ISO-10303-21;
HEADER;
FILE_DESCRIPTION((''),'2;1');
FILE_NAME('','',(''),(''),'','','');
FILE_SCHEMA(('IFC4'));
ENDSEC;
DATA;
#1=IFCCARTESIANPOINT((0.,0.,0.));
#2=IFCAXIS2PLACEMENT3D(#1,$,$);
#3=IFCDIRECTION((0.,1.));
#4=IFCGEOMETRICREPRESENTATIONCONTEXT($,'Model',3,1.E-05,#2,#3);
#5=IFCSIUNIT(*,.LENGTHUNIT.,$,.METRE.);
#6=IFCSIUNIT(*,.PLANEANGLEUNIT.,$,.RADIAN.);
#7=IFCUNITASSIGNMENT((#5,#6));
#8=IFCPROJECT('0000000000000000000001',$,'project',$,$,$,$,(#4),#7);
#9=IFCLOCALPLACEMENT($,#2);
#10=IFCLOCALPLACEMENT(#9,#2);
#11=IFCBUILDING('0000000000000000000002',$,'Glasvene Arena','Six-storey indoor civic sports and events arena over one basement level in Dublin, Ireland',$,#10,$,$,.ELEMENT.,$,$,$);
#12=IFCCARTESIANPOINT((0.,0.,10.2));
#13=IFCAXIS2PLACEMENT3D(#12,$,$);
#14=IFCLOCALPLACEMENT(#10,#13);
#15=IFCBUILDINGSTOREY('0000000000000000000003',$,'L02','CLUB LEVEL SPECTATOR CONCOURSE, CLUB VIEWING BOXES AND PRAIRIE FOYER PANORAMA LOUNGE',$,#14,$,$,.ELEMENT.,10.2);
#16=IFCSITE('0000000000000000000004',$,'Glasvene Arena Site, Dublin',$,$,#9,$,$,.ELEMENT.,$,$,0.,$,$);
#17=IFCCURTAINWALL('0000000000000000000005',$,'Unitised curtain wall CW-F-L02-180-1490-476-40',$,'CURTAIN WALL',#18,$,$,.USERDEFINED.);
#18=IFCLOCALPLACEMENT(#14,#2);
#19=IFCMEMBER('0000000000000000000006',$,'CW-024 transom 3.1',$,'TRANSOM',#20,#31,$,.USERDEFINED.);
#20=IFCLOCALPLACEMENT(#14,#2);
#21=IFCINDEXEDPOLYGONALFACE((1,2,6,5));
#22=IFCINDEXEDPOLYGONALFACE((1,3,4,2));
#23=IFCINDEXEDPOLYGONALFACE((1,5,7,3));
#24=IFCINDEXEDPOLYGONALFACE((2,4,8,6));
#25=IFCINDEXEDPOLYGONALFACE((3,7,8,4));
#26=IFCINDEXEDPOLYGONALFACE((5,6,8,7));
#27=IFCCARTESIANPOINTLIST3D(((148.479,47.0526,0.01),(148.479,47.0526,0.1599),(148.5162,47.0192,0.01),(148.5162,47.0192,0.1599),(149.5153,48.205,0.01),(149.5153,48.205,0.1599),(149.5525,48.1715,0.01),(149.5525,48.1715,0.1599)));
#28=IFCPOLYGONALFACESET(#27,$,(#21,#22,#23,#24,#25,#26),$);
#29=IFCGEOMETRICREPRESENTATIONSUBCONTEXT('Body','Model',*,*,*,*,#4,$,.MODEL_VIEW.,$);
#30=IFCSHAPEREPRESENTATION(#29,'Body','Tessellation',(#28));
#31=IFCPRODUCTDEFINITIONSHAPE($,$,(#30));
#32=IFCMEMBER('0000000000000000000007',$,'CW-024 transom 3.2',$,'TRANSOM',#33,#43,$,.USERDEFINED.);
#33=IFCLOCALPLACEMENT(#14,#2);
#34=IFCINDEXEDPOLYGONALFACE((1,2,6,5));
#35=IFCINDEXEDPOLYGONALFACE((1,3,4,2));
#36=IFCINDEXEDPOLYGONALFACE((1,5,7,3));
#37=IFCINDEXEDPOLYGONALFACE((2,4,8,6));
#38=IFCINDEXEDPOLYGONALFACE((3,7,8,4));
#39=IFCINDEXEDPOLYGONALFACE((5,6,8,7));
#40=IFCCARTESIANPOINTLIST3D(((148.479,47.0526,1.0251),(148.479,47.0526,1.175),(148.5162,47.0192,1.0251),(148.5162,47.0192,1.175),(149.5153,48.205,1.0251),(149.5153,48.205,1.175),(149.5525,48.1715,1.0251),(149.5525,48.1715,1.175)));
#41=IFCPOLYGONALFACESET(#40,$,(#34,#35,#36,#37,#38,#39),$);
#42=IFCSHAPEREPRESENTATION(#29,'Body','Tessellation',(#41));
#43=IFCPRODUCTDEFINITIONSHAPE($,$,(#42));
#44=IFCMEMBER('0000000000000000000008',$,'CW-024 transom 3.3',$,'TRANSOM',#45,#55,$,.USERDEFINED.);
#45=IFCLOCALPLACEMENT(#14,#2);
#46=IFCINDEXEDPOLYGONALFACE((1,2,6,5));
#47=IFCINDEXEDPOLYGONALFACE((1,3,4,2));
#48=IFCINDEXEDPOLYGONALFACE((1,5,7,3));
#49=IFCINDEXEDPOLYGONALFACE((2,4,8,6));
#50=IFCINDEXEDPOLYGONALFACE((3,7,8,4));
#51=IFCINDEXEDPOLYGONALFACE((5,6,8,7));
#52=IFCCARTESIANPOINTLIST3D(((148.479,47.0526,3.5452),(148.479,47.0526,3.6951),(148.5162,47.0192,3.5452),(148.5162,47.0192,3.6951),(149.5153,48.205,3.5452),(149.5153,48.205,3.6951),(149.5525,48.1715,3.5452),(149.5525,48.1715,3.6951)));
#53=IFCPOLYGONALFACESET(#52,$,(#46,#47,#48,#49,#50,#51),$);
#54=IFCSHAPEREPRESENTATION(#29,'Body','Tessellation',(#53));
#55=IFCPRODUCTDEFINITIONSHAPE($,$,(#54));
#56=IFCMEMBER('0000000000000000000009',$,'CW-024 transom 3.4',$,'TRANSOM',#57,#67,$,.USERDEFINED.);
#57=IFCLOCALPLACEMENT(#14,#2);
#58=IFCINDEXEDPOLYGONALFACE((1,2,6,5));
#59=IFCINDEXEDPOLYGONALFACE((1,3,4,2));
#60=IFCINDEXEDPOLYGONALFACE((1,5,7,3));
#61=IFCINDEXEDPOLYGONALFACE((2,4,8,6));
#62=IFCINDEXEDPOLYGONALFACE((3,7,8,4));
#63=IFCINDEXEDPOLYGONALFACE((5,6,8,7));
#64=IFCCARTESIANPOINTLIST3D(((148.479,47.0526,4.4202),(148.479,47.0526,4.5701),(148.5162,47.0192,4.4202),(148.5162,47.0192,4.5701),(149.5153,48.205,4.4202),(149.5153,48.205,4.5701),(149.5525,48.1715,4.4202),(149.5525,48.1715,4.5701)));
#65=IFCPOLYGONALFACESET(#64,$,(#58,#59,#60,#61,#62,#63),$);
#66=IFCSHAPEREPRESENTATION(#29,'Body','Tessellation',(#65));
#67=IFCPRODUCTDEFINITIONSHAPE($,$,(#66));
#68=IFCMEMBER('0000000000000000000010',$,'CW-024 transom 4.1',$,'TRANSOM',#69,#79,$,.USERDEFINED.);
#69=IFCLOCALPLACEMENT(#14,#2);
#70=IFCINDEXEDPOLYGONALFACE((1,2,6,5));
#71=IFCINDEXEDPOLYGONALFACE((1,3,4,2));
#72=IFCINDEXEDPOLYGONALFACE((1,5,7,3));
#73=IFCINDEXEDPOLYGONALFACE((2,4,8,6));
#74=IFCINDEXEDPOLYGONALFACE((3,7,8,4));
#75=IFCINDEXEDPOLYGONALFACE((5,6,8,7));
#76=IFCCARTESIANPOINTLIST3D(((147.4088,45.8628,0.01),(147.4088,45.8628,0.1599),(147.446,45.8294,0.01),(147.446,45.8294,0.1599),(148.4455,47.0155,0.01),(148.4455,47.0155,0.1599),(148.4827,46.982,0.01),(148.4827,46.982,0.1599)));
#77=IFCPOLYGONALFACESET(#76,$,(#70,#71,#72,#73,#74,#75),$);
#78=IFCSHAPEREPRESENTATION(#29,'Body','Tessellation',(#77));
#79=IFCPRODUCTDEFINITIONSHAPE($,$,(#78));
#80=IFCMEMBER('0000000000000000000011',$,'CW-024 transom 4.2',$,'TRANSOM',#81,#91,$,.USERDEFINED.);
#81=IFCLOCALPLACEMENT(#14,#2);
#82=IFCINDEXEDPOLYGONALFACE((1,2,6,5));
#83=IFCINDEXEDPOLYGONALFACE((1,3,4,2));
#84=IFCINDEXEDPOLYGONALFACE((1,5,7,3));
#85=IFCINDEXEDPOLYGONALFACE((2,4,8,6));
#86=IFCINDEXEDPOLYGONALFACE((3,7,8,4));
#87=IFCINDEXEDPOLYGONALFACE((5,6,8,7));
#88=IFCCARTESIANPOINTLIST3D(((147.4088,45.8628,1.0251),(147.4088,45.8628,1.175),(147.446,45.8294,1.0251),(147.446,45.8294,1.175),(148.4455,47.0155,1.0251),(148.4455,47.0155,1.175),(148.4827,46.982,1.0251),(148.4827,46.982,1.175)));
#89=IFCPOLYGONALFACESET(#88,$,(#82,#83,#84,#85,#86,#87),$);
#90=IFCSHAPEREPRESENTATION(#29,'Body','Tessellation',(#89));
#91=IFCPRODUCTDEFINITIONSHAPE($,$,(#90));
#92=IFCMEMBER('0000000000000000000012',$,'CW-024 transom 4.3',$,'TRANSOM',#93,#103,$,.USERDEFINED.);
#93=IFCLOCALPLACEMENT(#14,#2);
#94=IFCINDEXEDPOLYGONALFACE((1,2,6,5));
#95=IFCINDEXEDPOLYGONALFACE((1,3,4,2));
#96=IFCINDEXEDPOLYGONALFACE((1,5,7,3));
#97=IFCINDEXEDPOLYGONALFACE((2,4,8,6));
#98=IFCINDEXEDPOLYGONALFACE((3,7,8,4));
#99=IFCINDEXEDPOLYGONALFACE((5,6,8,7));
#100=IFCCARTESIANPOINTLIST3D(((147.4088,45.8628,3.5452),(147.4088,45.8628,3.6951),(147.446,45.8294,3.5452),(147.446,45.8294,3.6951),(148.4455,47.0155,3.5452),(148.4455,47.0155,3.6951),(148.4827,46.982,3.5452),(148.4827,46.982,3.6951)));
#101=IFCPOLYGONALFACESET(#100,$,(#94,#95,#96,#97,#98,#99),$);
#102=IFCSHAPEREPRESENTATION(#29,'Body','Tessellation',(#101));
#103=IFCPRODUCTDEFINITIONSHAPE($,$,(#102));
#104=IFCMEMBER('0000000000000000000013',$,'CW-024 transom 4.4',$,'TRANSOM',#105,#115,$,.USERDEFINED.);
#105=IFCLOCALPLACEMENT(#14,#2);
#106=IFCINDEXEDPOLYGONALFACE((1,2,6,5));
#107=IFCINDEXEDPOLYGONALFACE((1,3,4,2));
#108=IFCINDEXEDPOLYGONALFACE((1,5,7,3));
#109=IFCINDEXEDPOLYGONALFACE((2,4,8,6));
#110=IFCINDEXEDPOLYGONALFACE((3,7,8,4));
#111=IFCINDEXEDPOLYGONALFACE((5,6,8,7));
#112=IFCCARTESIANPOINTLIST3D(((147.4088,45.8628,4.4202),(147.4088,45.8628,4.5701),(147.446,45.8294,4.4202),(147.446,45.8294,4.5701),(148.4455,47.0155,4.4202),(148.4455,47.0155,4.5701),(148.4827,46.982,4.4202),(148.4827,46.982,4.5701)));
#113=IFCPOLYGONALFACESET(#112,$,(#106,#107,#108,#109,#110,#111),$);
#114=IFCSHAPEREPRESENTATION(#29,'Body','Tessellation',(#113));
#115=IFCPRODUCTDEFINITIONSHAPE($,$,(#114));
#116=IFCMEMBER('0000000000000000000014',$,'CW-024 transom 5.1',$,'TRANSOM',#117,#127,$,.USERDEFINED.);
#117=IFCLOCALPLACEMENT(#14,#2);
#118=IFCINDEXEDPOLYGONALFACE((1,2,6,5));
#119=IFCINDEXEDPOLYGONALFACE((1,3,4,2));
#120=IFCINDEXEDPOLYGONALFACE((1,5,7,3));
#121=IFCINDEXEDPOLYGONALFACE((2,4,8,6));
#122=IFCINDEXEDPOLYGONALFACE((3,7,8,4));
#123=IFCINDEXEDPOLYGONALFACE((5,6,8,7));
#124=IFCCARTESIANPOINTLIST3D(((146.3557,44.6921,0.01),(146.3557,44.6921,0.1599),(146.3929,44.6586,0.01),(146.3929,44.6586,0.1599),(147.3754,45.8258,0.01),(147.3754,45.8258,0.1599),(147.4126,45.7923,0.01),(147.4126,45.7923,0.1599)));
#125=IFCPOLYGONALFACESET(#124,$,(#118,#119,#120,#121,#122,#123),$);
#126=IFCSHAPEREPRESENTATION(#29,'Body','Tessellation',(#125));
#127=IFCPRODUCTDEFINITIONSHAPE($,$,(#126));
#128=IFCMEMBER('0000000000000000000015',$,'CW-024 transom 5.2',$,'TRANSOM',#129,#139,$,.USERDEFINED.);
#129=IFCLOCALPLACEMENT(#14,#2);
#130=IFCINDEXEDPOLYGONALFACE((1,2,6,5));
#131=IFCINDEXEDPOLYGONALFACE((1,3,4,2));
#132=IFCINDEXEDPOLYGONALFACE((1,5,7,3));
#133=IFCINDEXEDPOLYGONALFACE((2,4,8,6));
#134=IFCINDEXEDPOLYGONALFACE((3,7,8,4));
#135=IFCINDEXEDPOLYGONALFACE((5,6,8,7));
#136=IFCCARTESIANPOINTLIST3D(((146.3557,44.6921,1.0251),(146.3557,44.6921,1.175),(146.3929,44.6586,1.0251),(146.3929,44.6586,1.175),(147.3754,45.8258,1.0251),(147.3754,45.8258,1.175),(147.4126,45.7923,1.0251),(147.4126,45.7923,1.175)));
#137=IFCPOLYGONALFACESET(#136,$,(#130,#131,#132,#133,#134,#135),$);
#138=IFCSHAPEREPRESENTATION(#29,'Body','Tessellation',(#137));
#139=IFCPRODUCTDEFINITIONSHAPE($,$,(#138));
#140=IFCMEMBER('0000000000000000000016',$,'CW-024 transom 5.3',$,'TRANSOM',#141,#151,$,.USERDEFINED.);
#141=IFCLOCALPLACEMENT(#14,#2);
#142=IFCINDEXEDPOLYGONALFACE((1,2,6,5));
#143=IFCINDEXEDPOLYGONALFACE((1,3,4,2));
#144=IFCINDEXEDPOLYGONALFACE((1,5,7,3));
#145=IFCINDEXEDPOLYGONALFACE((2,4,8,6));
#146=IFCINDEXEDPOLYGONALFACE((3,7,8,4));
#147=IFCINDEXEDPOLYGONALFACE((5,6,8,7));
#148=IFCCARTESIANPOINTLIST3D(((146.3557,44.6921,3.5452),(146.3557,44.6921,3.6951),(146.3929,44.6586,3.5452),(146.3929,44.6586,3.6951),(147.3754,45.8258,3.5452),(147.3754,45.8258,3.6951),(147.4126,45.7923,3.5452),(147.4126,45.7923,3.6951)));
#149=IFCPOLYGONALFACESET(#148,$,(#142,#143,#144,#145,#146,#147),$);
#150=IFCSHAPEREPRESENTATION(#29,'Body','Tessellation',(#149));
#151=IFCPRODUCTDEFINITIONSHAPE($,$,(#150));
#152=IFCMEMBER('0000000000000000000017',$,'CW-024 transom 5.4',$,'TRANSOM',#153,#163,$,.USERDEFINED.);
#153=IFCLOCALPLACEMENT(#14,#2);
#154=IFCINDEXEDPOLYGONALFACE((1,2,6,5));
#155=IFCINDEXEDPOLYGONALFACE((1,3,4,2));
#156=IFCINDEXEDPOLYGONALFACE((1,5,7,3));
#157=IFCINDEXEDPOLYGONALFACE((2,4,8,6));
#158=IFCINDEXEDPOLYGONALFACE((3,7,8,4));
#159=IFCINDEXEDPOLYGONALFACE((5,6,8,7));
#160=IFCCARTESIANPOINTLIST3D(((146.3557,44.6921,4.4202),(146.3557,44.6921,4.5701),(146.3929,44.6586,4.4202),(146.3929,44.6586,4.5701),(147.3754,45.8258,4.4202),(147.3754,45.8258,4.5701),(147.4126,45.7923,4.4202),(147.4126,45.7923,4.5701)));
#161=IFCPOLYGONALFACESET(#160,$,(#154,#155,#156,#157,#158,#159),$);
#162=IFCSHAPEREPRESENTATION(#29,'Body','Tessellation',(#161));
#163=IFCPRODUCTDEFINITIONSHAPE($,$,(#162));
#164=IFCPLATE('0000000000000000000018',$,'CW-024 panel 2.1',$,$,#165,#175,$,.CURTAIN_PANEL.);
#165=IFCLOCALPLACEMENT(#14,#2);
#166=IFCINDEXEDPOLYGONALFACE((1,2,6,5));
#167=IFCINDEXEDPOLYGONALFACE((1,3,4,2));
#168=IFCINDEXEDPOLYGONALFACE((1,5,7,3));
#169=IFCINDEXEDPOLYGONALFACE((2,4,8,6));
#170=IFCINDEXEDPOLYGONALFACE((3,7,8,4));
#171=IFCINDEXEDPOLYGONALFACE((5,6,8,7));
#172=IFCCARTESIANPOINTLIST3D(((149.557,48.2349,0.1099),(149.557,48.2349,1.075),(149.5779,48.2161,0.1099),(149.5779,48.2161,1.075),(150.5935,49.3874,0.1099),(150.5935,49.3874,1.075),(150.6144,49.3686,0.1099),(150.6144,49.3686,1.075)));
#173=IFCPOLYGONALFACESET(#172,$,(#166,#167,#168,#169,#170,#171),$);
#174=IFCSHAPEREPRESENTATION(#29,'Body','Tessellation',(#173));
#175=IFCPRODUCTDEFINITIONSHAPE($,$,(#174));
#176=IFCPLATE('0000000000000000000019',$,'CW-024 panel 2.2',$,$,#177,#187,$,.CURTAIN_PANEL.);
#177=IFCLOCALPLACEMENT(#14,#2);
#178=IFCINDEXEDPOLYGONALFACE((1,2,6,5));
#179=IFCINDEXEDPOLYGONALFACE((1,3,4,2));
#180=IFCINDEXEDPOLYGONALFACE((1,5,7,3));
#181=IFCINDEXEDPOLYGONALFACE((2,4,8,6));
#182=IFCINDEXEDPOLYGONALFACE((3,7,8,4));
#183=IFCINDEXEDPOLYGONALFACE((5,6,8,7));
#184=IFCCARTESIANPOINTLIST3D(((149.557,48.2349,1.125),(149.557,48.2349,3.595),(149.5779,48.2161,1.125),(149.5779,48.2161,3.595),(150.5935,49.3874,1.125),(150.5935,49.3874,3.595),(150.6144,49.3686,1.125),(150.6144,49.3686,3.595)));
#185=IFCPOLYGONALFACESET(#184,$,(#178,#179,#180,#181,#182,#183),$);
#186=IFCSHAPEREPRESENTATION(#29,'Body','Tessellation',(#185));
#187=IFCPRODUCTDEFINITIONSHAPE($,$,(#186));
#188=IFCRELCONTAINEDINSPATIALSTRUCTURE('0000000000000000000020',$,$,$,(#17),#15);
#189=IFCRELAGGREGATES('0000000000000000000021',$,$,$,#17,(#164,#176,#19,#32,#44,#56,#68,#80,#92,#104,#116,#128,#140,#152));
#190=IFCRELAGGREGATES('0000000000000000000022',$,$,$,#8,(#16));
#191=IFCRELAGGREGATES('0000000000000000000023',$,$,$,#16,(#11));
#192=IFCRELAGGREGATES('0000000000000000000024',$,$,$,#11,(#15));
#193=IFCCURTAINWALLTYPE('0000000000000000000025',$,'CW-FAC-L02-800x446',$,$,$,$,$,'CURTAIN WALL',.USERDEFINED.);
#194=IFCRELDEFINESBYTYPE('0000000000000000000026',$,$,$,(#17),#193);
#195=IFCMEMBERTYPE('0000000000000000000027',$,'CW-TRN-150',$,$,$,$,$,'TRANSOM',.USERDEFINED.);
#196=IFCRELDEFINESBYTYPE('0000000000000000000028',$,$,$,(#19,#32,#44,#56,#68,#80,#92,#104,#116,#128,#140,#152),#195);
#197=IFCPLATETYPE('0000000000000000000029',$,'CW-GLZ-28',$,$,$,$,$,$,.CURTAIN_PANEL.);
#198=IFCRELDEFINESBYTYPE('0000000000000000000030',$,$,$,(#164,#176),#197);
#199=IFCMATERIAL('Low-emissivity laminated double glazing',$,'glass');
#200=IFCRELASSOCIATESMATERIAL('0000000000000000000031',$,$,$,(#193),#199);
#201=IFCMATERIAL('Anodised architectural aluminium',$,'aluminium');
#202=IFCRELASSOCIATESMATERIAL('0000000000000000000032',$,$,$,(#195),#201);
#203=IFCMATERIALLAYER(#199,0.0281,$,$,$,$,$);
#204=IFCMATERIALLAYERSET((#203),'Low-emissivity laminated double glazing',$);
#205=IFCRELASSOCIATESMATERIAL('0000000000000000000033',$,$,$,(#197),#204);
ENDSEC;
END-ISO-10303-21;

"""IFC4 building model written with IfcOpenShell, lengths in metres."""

from ifc_helpers import new_model, si_unit, direction, frame, origin, origin_2d, place, context, subcontext, project, spatial, rectangle, extrude, material, layer, layer_set, material_profile, profile_set, type_object, element, aggregate, save


model = new_model("IFC4")

# Units and contexts
model_context = context("Model", 3, precision=1e-05, world=origin(), true_north=direction((0.0, 1.0)))
body_context = subcontext(model_context, "Body", "Model", "MODEL_VIEW")
ifc_project = project(units=[si_unit("LENGTHUNIT", "METRE"), si_unit("PLANEANGLEUNIT", "RADIAN")], contexts=[model_context])

# Site, building, storey
site_placement = place(None, origin())
site = spatial("IfcSite", under=ifc_project, at=site_placement, Name="Glasvene Arena Site, Dublin", CompositionType="ELEMENT", RefElevation=0.0)
building_placement = place(site_placement, origin())
building = spatial("IfcBuilding", under=site, at=building_placement, Name="Glasvene Arena", Description="Six-storey indoor civic sports and events arena over one basement level in Dublin, Ireland", CompositionType="ELEMENT")
storey_placement = place(building_placement, frame((0.0, 0.0, 10.2)))
storey = spatial("IfcBuildingStorey", under=building, at=storey_placement, Name="L02", Description="CLUB LEVEL SPECTATOR CONCOURSE, CLUB VIEWING BOXES AND PRAIRIE FOYER PANORAMA LOUNGE", CompositionType="ELEMENT", Elevation=10.2)

# Curtain wall, members, plates
ifc_material_1 = material(Name="Low-emissivity laminated double glazing", Category="glass")
curtain_wall_type = type_object("IfcCurtainWallType", Name="CW-FAC-L02-800x446", ElementType="CURTAIN WALL", PredefinedType="USERDEFINED", material=ifc_material_1)
curtain_wall_placement = place(storey_placement, frame((151.6907, 50.5862, 0.0)))
curtain_wall = element("IfcCurtainWall", 1, at=curtain_wall_placement, inside=storey, type_object=curtain_wall_type, Name="Unitised curtain wall CW-F-L02-180-1490-476-40", ObjectType="CURTAIN WALL", PredefinedType="USERDEFINED")
ifc_material_2 = material(Name="Anodised architectural aluminium", Category="aluminium")
ifc_material_profile_1 = material_profile(ifc_material_2, rectangle(XDim=0.05, YDim=0.1499, at=origin_2d()), Name="ALU TRANSOM 50x150")
ifc_profile_set_1 = profile_set([ifc_material_profile_1], Name="Anodised architectural aluminium")
member_type_1 = type_object("IfcMemberType", Name="CW-TRN-150", ElementType="TRANSOM", PredefinedType="USERDEFINED", material=ifc_profile_set_1)
member_1_placement = place(storey_placement, frame((149.5339, 48.1882, 0.085), z_axis=(-0.668704, -0.743529, 0.0), x_axis=(0.743529, -0.668704, 0.0)))
member_1 = element("IfcMember", 2, at=member_1_placement, type_object=member_type_1, Name="CW-024 transom 3.1", ObjectType="TRANSOM", PredefinedType="USERDEFINED", context=body_context, shape_type="SweptSolid", body=[
    extrude(rectangle(XDim=0.05, YDim=0.1499, at=origin_2d()), origin(), (0.0, 0.0, 1.0), 1.5498),
])
member_2_placement = place(storey_placement, frame((149.5339, 48.1882, 1.1001), z_axis=(-0.668704, -0.743529, 0.0), x_axis=(0.743529, -0.668704, 0.0)))
member_2 = element("IfcMember", 3, at=member_2_placement, type_object=member_type_1, Name="CW-024 transom 3.2", ObjectType="TRANSOM", PredefinedType="USERDEFINED", context=body_context, shape_type="SweptSolid", body=[
    extrude(rectangle(XDim=0.05, YDim=0.1499, at=origin_2d()), origin(), (0.0, 0.0, 1.0), 1.5498),
])
member_3_placement = place(storey_placement, frame((149.5339, 48.1882, 3.6201), z_axis=(-0.668704, -0.743529, 0.0), x_axis=(0.743529, -0.668704, 0.0)))
member_3 = element("IfcMember", 4, at=member_3_placement, type_object=member_type_1, Name="CW-024 transom 3.3", ObjectType="TRANSOM", PredefinedType="USERDEFINED", context=body_context, shape_type="SweptSolid", body=[
    extrude(rectangle(XDim=0.05, YDim=0.1499, at=origin_2d()), origin(), (0.0, 0.0, 1.0), 1.5498),
])
member_4_placement = place(storey_placement, frame((149.5339, 48.1882, 4.4951), z_axis=(-0.668704, -0.743529, 0.0), x_axis=(0.743529, -0.668704, 0.0)))
member_4 = element("IfcMember", 5, at=member_4_placement, type_object=member_type_1, Name="CW-024 transom 3.4", ObjectType="TRANSOM", PredefinedType="USERDEFINED", context=body_context, shape_type="SweptSolid", body=[
    extrude(rectangle(XDim=0.05, YDim=0.1499, at=origin_2d()), origin(), (0.0, 0.0, 1.0), 1.5498),
])
member_5_placement = place(storey_placement, frame((148.4641, 46.9988, 0.085), z_axis=(-0.668712, -0.743521, 0.0), x_axis=(0.743521, -0.668712, 0.0)))
member_5 = element("IfcMember", 6, at=member_5_placement, type_object=member_type_1, Name="CW-024 transom 4.1", ObjectType="TRANSOM", PredefinedType="USERDEFINED", context=body_context, shape_type="SweptSolid", body=[
    extrude(rectangle(XDim=0.05, YDim=0.1499, at=origin_2d()), origin(), (0.0, 0.0, 1.0), 1.5503),
])
member_6_placement = place(storey_placement, frame((148.4641, 46.9988, 1.1001), z_axis=(-0.668712, -0.743521, 0.0), x_axis=(0.743521, -0.668712, 0.0)))
member_6 = element("IfcMember", 7, at=member_6_placement, type_object=member_type_1, Name="CW-024 transom 4.2", ObjectType="TRANSOM", PredefinedType="USERDEFINED", context=body_context, shape_type="SweptSolid", body=[
    extrude(rectangle(XDim=0.05, YDim=0.1499, at=origin_2d()), origin(), (0.0, 0.0, 1.0), 1.5503),
])
member_7_placement = place(storey_placement, frame((148.4641, 46.9988, 3.6201), z_axis=(-0.668712, -0.743521, 0.0), x_axis=(0.743521, -0.668712, 0.0)))
member_7 = element("IfcMember", 8, at=member_7_placement, type_object=member_type_1, Name="CW-024 transom 4.3", ObjectType="TRANSOM", PredefinedType="USERDEFINED", context=body_context, shape_type="SweptSolid", body=[
    extrude(rectangle(XDim=0.05, YDim=0.1499, at=origin_2d()), origin(), (0.0, 0.0, 1.0), 1.5503),
])
member_8_placement = place(storey_placement, frame((148.4641, 46.9988, 4.4951), z_axis=(-0.668712, -0.743521, 0.0), x_axis=(0.743521, -0.668712, 0.0)))
member_8 = element("IfcMember", 9, at=member_8_placement, type_object=member_type_1, Name="CW-024 transom 4.4", ObjectType="TRANSOM", PredefinedType="USERDEFINED", context=body_context, shape_type="SweptSolid", body=[
    extrude(rectangle(XDim=0.05, YDim=0.1499, at=origin_2d()), origin(), (0.0, 0.0, 1.0), 1.5503),
])
member_9_placement = place(storey_placement, frame((147.394, 45.8091, 0.085), z_axis=(-0.668735, -0.743501, 0.0), x_axis=(0.743501, -0.668735, 0.0)))
member_9 = element("IfcMember", 10, at=member_9_placement, type_object=member_type_1, Name="CW-024 transom 5.1", ObjectType="TRANSOM", PredefinedType="USERDEFINED", context=body_context, shape_type="SweptSolid", body=[
    extrude(rectangle(XDim=0.05, YDim=0.1499, at=origin_2d()), origin(), (0.0, 0.0, 1.0), 1.5249),
])
member_10_placement = place(storey_placement, frame((147.394, 45.8091, 1.1001), z_axis=(-0.668735, -0.743501, 0.0), x_axis=(0.743501, -0.668735, 0.0)))
member_10 = element("IfcMember", 11, at=member_10_placement, type_object=member_type_1, Name="CW-024 transom 5.2", ObjectType="TRANSOM", PredefinedType="USERDEFINED", context=body_context, shape_type="SweptSolid", body=[
    extrude(rectangle(XDim=0.05, YDim=0.1499, at=origin_2d()), origin(), (0.0, 0.0, 1.0), 1.5249),
])
member_11_placement = place(storey_placement, frame((147.394, 45.8091, 3.6201), z_axis=(-0.668735, -0.743501, 0.0), x_axis=(0.743501, -0.668735, 0.0)))
member_11 = element("IfcMember", 12, at=member_11_placement, type_object=member_type_1, Name="CW-024 transom 5.3", ObjectType="TRANSOM", PredefinedType="USERDEFINED", context=body_context, shape_type="SweptSolid", body=[
    extrude(rectangle(XDim=0.05, YDim=0.1499, at=origin_2d()), origin(), (0.0, 0.0, 1.0), 1.5249),
])
member_12_placement = place(storey_placement, frame((147.394, 45.8091, 4.4951), z_axis=(-0.668735, -0.743501, 0.0), x_axis=(0.743501, -0.668735, 0.0)))
member_12 = element("IfcMember", 13, at=member_12_placement, type_object=member_type_1, Name="CW-024 transom 5.4", ObjectType="TRANSOM", PredefinedType="USERDEFINED", context=body_context, shape_type="SweptSolid", body=[
    extrude(rectangle(XDim=0.05, YDim=0.1499, at=origin_2d()), origin(), (0.0, 0.0, 1.0), 1.5249),
])
ifc_layer_1 = layer(ifc_material_1, 0.0281)
ifc_layer_set_1 = layer_set([ifc_layer_1], Name="Low-emissivity laminated double glazing")
plate_type = type_object("IfcPlateType", Name="CW-GLZ-28", PredefinedType="CURTAIN_PANEL", material=ifc_layer_set_1)
plate_1_placement = place(storey_placement, frame((150.0857, 48.8018, 0.1099), z_axis=(0.0, 0.0, 1.0), x_axis=(-0.668723, -0.743512, 0.0)))
plate_1 = element("IfcPlate", 14, at=plate_1_placement, type_object=plate_type, Name="CW-024 panel 2.1", PredefinedType="CURTAIN_PANEL", context=body_context, shape_type="SweptSolid", body=[
    extrude(rectangle(XDim=1.55, YDim=0.0281, at=origin_2d()), origin(), (0.0, 0.0, 1.0), 0.9651),
])
plate_2_placement = place(storey_placement, frame((150.0857, 48.8018, 1.125), z_axis=(0.0, 0.0, 1.0), x_axis=(-0.668723, -0.743512, 0.0)))
plate_2 = element("IfcPlate", 15, at=plate_2_placement, type_object=plate_type, Name="CW-024 panel 2.2", PredefinedType="CURTAIN_PANEL", context=body_context, shape_type="SweptSolid", body=[
    extrude(rectangle(XDim=1.55, YDim=0.0281, at=origin_2d()), origin(), (0.0, 0.0, 1.0), 2.47),
])
aggregate(curtain_wall, [plate_1, plate_2, member_1, member_2, member_3, member_4, member_5, member_6, member_7, member_8, member_9, member_10, member_11, member_12])

save(model, "model.ifc")
